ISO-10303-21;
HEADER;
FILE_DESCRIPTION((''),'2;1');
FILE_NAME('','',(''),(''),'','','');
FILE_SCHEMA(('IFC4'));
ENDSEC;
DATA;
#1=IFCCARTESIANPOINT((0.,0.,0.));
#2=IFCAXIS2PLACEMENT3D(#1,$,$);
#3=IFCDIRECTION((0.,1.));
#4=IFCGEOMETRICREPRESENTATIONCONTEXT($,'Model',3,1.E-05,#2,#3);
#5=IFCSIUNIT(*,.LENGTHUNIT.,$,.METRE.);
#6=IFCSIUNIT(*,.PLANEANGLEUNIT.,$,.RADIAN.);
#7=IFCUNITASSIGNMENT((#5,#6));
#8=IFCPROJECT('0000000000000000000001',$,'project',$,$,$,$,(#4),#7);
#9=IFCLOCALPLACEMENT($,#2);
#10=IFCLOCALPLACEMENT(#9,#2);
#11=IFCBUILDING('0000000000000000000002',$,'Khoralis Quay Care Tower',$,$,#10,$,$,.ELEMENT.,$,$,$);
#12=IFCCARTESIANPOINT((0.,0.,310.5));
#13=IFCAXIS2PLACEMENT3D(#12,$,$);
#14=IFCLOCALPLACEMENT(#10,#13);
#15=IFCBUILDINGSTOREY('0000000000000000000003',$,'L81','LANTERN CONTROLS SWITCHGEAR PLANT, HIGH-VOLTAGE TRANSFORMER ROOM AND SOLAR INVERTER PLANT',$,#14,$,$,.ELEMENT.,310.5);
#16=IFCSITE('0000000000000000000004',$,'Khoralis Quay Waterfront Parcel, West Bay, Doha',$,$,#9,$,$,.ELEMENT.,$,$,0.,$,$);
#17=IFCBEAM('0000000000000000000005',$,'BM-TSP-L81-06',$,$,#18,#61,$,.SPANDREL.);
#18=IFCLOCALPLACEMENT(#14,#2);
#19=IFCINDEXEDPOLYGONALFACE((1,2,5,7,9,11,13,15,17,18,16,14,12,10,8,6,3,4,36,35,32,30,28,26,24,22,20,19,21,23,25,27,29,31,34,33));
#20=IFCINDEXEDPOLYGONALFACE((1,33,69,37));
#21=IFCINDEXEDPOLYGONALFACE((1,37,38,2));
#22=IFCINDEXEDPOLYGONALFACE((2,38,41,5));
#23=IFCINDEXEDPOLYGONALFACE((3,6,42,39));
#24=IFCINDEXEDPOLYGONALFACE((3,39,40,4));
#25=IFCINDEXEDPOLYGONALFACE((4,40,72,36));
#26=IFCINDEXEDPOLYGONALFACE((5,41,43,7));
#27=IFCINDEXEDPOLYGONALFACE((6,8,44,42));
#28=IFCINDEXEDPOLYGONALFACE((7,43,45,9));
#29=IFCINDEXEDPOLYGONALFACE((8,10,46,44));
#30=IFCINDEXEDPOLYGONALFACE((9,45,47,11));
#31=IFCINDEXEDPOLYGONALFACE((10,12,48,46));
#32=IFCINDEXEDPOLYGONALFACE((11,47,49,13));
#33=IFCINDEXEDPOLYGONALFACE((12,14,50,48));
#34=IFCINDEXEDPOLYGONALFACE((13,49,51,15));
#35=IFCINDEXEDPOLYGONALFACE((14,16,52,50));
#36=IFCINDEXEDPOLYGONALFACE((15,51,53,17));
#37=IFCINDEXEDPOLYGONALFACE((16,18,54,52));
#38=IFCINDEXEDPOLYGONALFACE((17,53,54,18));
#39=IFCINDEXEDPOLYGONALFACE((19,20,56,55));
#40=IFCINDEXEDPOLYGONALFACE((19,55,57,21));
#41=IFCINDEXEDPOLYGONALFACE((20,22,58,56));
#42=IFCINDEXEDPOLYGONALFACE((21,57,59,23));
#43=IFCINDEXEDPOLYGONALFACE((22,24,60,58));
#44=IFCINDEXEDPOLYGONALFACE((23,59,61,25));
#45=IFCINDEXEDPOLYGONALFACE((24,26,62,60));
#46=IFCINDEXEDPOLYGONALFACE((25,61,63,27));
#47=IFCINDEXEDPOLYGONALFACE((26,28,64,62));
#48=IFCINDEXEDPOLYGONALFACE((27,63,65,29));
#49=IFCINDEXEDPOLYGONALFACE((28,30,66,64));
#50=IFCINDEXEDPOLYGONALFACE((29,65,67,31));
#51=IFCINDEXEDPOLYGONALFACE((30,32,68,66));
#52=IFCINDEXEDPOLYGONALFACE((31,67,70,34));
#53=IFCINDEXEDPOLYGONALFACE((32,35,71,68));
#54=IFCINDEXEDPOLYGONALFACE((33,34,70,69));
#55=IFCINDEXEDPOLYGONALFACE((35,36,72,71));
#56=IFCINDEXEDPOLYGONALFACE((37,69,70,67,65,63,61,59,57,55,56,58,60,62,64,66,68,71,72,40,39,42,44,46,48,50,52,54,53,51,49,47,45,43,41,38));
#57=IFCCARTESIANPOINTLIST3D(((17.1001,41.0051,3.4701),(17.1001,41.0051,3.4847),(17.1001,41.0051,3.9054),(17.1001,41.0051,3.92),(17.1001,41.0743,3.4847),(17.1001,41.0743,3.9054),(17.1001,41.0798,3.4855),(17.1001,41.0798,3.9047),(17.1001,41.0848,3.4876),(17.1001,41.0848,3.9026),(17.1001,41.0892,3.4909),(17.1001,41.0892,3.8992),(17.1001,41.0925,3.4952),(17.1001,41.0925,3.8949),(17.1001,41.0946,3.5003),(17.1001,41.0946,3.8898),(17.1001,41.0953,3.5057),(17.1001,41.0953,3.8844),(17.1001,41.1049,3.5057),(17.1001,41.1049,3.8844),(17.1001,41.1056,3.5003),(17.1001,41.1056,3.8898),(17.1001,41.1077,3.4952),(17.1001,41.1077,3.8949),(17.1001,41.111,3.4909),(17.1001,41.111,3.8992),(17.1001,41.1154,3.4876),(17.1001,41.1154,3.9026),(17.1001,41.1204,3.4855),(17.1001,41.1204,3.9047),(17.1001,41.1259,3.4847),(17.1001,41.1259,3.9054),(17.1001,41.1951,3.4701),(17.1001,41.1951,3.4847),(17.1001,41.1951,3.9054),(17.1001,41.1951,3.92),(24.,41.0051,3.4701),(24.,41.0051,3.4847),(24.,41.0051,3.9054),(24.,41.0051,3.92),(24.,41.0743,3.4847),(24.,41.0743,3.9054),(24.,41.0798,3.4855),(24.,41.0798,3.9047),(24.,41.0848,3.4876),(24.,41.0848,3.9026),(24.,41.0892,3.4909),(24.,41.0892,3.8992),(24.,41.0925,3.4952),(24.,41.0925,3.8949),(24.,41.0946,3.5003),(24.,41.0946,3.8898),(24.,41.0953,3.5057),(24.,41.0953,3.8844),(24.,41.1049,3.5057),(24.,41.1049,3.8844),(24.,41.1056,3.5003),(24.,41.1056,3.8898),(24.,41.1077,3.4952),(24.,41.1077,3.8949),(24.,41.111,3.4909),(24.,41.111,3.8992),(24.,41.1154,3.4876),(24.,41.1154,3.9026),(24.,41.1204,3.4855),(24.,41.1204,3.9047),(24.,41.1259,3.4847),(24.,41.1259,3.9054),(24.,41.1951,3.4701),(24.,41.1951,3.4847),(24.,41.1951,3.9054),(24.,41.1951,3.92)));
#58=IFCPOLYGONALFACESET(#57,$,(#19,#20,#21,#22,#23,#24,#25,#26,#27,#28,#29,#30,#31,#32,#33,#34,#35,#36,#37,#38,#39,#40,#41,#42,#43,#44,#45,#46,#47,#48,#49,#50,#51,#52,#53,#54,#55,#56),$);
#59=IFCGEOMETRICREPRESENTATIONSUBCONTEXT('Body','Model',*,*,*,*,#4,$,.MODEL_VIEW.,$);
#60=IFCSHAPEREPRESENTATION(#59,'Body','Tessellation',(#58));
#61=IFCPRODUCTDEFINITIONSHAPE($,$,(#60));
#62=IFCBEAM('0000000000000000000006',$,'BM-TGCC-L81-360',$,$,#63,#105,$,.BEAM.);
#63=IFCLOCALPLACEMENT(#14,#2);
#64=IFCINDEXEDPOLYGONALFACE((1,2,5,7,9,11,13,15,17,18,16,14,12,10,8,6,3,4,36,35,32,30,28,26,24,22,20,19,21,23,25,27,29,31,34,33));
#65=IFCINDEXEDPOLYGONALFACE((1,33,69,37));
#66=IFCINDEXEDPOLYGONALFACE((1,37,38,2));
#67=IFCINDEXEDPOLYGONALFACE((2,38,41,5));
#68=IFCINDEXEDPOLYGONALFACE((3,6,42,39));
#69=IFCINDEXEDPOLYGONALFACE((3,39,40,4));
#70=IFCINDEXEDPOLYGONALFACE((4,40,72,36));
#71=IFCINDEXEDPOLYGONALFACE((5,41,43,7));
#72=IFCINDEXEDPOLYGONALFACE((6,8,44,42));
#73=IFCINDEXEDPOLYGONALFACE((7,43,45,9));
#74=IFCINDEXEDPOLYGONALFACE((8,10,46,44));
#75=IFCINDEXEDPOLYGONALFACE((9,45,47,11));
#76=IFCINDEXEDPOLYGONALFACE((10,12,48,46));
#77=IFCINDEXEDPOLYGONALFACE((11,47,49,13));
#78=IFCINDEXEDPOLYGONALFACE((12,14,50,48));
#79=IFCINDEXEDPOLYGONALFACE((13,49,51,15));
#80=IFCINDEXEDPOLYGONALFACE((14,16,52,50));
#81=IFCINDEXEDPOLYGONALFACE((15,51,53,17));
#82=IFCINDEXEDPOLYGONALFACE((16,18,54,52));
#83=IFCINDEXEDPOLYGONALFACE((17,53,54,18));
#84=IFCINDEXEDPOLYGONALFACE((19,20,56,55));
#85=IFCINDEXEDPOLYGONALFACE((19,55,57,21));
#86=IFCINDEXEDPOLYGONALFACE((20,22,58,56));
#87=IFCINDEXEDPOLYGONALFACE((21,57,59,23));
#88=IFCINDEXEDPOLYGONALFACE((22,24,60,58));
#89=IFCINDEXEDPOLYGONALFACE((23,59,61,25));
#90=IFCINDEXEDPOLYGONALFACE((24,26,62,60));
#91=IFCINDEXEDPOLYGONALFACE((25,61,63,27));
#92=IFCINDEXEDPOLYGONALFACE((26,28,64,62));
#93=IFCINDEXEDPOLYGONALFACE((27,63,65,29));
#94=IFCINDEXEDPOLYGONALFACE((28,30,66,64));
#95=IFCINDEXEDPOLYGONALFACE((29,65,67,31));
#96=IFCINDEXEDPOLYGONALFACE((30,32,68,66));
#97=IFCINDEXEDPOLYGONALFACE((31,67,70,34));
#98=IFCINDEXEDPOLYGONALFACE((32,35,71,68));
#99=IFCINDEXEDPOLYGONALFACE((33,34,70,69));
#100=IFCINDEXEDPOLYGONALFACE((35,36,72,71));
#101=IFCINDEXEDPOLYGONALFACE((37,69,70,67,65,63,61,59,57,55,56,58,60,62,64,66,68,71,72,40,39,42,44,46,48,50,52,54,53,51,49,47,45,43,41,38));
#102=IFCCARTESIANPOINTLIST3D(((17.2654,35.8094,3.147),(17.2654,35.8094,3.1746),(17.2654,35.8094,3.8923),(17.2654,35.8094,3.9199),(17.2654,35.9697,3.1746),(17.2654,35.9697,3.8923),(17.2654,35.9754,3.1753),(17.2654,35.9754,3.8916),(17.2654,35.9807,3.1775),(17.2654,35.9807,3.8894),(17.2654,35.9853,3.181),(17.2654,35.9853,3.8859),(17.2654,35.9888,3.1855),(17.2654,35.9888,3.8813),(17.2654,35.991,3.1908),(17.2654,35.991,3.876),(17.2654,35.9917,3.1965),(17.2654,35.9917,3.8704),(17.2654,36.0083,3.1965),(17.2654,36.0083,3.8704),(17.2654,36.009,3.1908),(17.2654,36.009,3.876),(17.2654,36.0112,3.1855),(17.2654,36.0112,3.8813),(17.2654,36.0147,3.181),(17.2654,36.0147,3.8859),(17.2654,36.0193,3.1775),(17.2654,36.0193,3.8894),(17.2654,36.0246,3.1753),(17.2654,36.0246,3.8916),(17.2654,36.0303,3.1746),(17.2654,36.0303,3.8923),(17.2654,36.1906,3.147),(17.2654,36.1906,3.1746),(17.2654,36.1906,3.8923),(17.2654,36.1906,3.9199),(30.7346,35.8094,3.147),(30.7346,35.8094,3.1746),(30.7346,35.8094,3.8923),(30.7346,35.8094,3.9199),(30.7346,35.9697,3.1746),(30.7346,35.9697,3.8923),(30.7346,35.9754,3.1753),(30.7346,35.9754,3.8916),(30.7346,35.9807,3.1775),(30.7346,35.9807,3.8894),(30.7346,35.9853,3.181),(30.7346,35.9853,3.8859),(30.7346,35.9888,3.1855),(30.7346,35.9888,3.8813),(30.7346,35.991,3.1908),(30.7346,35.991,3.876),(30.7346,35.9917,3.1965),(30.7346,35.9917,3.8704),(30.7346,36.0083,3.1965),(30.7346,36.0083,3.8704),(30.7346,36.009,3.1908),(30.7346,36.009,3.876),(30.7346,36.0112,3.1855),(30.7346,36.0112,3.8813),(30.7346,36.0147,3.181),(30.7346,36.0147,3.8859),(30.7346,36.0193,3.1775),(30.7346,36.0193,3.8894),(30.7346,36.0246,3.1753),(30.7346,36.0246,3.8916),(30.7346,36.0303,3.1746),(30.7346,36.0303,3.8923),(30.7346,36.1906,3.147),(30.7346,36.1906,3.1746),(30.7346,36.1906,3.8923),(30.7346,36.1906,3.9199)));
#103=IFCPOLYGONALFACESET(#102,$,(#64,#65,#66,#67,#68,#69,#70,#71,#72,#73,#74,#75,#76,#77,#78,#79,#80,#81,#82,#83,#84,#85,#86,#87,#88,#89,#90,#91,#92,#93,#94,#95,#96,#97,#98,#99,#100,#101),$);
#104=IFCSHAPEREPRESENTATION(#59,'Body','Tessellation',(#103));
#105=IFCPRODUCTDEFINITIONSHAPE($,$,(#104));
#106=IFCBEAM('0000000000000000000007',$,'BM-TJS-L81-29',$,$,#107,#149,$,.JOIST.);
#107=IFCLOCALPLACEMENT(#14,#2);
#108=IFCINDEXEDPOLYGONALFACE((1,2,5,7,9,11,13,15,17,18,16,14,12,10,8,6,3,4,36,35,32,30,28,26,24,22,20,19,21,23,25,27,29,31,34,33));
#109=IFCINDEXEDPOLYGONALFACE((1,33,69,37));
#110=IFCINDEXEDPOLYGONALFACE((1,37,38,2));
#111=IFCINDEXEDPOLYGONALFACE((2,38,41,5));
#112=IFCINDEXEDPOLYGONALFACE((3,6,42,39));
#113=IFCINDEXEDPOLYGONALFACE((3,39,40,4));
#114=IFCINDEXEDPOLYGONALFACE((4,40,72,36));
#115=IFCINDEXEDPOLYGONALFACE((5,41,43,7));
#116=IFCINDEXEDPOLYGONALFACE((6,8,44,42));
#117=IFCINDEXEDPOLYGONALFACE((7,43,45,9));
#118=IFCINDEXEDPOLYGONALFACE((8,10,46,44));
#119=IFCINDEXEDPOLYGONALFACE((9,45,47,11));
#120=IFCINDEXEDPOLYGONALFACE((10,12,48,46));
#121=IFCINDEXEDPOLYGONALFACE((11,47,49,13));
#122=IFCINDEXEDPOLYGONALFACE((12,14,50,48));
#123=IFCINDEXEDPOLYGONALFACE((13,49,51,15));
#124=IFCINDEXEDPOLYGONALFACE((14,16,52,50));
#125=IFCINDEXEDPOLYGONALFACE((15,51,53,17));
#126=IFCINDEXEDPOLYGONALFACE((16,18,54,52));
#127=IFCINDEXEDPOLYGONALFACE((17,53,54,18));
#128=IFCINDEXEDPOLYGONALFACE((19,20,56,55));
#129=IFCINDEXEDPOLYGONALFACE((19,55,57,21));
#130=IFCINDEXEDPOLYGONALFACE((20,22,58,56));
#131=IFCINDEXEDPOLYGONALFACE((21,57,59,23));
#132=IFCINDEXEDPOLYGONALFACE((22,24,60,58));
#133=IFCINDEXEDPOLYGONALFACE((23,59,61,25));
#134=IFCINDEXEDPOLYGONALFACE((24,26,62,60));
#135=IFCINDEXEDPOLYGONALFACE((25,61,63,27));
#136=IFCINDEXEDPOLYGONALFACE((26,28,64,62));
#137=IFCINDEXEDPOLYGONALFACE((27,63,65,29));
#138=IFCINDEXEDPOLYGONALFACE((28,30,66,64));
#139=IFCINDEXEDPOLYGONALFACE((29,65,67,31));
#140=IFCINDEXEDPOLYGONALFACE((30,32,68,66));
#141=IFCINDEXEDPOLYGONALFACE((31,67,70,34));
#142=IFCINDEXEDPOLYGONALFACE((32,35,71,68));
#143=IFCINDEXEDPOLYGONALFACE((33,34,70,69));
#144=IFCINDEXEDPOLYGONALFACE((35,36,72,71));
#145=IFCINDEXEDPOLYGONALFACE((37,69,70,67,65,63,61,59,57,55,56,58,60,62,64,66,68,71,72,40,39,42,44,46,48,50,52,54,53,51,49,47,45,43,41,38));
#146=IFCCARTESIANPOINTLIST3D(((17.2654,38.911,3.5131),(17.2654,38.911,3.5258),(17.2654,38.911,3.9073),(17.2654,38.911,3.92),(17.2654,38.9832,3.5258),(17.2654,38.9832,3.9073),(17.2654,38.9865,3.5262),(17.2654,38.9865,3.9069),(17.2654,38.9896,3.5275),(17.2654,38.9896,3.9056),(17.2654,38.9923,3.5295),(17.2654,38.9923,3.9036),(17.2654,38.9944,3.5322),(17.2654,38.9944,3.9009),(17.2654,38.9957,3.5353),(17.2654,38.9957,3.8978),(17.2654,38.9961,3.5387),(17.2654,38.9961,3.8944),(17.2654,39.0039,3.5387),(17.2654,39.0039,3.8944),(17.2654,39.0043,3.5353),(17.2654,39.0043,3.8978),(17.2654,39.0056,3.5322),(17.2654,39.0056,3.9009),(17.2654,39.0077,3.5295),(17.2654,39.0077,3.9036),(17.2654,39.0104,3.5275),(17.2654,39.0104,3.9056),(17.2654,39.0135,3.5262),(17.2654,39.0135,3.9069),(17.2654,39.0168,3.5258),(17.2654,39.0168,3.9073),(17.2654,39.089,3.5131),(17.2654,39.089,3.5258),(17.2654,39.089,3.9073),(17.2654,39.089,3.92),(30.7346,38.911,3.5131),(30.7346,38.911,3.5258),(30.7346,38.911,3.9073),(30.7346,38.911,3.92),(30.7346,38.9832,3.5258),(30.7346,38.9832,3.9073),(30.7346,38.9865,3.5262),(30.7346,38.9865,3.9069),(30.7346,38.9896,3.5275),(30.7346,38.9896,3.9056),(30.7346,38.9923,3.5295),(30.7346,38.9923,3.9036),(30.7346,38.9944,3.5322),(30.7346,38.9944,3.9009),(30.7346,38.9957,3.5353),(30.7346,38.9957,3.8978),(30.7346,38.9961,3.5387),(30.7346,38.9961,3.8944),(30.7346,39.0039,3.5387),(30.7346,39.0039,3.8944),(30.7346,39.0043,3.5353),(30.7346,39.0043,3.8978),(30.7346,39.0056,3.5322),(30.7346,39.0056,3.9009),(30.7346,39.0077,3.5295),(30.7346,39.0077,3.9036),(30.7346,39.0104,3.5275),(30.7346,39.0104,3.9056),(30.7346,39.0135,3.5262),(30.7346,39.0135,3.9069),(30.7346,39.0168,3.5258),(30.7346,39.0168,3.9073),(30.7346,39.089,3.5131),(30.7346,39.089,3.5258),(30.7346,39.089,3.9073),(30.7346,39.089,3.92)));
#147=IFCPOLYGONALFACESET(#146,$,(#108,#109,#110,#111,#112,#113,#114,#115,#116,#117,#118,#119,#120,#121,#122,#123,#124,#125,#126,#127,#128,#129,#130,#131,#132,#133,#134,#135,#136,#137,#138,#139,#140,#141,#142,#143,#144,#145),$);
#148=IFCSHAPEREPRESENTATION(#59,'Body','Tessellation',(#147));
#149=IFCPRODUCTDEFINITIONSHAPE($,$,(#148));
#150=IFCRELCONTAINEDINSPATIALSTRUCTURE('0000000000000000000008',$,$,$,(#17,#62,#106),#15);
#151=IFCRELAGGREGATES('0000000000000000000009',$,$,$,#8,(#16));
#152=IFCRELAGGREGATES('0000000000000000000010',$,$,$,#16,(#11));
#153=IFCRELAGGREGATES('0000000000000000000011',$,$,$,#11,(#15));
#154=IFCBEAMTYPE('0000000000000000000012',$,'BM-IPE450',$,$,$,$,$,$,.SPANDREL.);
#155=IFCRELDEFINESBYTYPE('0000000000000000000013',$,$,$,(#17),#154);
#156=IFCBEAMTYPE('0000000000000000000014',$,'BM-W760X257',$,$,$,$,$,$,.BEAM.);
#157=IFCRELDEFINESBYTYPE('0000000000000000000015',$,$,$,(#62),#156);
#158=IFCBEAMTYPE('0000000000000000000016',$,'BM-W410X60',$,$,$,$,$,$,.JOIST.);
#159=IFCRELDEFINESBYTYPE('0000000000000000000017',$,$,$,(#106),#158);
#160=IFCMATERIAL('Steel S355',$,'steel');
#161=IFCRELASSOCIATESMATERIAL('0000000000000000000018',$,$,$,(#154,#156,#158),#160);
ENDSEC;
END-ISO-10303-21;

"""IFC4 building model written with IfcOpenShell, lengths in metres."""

from ifc_helpers import new_model, si_unit, direction, frame, origin, origin_2d, place, context, subcontext, project, spatial, i_section, extrude, source, transform, mapped, material, material_profile, profile_set, type_object, element, save


model = new_model("IFC4")

# Units and contexts
model_context = context("Model", 3, precision=1e-05, world=origin(), true_north=direction((0.0, 1.0)))
body_context = subcontext(model_context, "Body", "Model", "MODEL_VIEW")
ifc_project = project(units=[si_unit("LENGTHUNIT", "METRE"), si_unit("PLANEANGLEUNIT", "RADIAN")], contexts=[model_context])

# Site, building, storey
site_placement = place(None, origin())
site = spatial("IfcSite", under=ifc_project, at=site_placement, Name="Khoralis Quay Waterfront Parcel, West Bay, Doha", CompositionType="ELEMENT", RefElevation=0.0)
building_placement = place(site_placement, origin())
building = spatial("IfcBuilding", under=site, at=building_placement, Name="Khoralis Quay Care Tower", CompositionType="ELEMENT")
storey_placement = place(building_placement, frame((0.0, 0.0, 310.5)))
storey = spatial("IfcBuildingStorey", under=building, at=storey_placement, Name="L81", Description="LANTERN CONTROLS SWITCHGEAR PLANT, HIGH-VOLTAGE TRANSFORMER ROOM AND SOLAR INVERTER PLANT", CompositionType="ELEMENT", Elevation=310.5)

# Beams
ifc_material_1 = material(Name="Steel S355", Category="steel")
ifc_material_profile_1 = material_profile(ifc_material_1, i_section(OverallWidth=0.1899, OverallDepth=0.45, WebThickness=0.0095, FlangeThickness=0.0146, FilletRadius=0.021, at=origin_2d()), Name="Steel S355")
ifc_profile_set_1 = profile_set([ifc_material_profile_1], Name="Steel S355")
beam_type_1 = type_object("IfcBeamType", Name="BM-IPE450", PredefinedType="SPANDREL", material=ifc_profile_set_1)
shared_shape_1 = source(origin(), body_context, "Body", "SweptSolid", [
    extrude(i_section(OverallWidth=0.1899, OverallDepth=0.45, WebThickness=0.0095, FlangeThickness=0.0146, FilletRadius=0.021, at=origin_2d()), origin(), (0.0, 0.0, 1.0), 6.8999),
])
beam_1_placement = place(storey_placement, frame((17.1001, 41.1001, 3.6951), z_axis=(1.0, 0.0, 0.0), x_axis=(0.0, 1.0, 0.0)))
element("IfcBeam", 1, at=beam_1_placement, inside=storey, type_object=beam_type_1, Name="BM-TSP-L81-06", PredefinedType="SPANDREL", context=body_context, shape_type="MappedRepresentation", body=[
    mapped(shared_shape_1, transform((0.0, 0.0, 0.0), scale=1.0)),
])
ifc_material_profile_2 = material_profile(ifc_material_1, i_section(OverallWidth=0.3811, OverallDepth=0.7729, WebThickness=0.0166, FlangeThickness=0.0276, FilletRadius=0.022, at=origin_2d()), Name="Steel S355")
ifc_profile_set_2 = profile_set([ifc_material_profile_2], Name="Steel S355")
beam_type_2 = type_object("IfcBeamType", Name="BM-W760X257", PredefinedType="BEAM", material=ifc_profile_set_2)
shared_shape_2 = source(origin(), body_context, "Body", "SweptSolid", [
    extrude(i_section(OverallWidth=0.3811, OverallDepth=0.7729, WebThickness=0.0166, FlangeThickness=0.0276, FilletRadius=0.022, at=origin_2d()), origin(), (0.0, 0.0, 1.0), 13.4692),
])
beam_2_placement = place(storey_placement, frame((17.2654, 36.0, 3.5334), z_axis=(1.0, 0.0, 0.0), x_axis=(0.0, 1.0, 0.0)))
element("IfcBeam", 2, at=beam_2_placement, inside=storey, type_object=beam_type_2, Name="BM-TGCC-L81-360", PredefinedType="BEAM", context=body_context, shape_type="MappedRepresentation", body=[
    mapped(shared_shape_2, transform((0.0, 0.0, 0.0), scale=1.0)),
])
ifc_material_profile_3 = material_profile(ifc_material_1, i_section(OverallWidth=0.178, OverallDepth=0.407, WebThickness=0.0078, FlangeThickness=0.0127, FilletRadius=0.0129, at=origin_2d()), Name="Steel S355")
ifc_profile_set_3 = profile_set([ifc_material_profile_3], Name="Steel S355")
beam_type_3 = type_object("IfcBeamType", Name="BM-W410X60", PredefinedType="JOIST", material=ifc_profile_set_3)
shared_shape_3 = source(origin(), body_context, "Body", "SweptSolid", [
    extrude(i_section(OverallWidth=0.178, OverallDepth=0.407, WebThickness=0.0078, FlangeThickness=0.0127, FilletRadius=0.0129, at=origin_2d()), origin(), (0.0, 0.0, 1.0), 13.4692),
])
beam_3_placement = place(storey_placement, frame((17.2654, 39.0, 3.7166), z_axis=(1.0, 0.0, 0.0), x_axis=(0.0, 1.0, 0.0)))
element("IfcBeam", 3, at=beam_3_placement, inside=storey, type_object=beam_type_3, Name="BM-TJS-L81-29", PredefinedType="JOIST", context=body_context, shape_type="MappedRepresentation", body=[
    mapped(shared_shape_3, transform((0.0, 0.0, 0.0), scale=1.0)),
])

save(model, "model.ifc")
